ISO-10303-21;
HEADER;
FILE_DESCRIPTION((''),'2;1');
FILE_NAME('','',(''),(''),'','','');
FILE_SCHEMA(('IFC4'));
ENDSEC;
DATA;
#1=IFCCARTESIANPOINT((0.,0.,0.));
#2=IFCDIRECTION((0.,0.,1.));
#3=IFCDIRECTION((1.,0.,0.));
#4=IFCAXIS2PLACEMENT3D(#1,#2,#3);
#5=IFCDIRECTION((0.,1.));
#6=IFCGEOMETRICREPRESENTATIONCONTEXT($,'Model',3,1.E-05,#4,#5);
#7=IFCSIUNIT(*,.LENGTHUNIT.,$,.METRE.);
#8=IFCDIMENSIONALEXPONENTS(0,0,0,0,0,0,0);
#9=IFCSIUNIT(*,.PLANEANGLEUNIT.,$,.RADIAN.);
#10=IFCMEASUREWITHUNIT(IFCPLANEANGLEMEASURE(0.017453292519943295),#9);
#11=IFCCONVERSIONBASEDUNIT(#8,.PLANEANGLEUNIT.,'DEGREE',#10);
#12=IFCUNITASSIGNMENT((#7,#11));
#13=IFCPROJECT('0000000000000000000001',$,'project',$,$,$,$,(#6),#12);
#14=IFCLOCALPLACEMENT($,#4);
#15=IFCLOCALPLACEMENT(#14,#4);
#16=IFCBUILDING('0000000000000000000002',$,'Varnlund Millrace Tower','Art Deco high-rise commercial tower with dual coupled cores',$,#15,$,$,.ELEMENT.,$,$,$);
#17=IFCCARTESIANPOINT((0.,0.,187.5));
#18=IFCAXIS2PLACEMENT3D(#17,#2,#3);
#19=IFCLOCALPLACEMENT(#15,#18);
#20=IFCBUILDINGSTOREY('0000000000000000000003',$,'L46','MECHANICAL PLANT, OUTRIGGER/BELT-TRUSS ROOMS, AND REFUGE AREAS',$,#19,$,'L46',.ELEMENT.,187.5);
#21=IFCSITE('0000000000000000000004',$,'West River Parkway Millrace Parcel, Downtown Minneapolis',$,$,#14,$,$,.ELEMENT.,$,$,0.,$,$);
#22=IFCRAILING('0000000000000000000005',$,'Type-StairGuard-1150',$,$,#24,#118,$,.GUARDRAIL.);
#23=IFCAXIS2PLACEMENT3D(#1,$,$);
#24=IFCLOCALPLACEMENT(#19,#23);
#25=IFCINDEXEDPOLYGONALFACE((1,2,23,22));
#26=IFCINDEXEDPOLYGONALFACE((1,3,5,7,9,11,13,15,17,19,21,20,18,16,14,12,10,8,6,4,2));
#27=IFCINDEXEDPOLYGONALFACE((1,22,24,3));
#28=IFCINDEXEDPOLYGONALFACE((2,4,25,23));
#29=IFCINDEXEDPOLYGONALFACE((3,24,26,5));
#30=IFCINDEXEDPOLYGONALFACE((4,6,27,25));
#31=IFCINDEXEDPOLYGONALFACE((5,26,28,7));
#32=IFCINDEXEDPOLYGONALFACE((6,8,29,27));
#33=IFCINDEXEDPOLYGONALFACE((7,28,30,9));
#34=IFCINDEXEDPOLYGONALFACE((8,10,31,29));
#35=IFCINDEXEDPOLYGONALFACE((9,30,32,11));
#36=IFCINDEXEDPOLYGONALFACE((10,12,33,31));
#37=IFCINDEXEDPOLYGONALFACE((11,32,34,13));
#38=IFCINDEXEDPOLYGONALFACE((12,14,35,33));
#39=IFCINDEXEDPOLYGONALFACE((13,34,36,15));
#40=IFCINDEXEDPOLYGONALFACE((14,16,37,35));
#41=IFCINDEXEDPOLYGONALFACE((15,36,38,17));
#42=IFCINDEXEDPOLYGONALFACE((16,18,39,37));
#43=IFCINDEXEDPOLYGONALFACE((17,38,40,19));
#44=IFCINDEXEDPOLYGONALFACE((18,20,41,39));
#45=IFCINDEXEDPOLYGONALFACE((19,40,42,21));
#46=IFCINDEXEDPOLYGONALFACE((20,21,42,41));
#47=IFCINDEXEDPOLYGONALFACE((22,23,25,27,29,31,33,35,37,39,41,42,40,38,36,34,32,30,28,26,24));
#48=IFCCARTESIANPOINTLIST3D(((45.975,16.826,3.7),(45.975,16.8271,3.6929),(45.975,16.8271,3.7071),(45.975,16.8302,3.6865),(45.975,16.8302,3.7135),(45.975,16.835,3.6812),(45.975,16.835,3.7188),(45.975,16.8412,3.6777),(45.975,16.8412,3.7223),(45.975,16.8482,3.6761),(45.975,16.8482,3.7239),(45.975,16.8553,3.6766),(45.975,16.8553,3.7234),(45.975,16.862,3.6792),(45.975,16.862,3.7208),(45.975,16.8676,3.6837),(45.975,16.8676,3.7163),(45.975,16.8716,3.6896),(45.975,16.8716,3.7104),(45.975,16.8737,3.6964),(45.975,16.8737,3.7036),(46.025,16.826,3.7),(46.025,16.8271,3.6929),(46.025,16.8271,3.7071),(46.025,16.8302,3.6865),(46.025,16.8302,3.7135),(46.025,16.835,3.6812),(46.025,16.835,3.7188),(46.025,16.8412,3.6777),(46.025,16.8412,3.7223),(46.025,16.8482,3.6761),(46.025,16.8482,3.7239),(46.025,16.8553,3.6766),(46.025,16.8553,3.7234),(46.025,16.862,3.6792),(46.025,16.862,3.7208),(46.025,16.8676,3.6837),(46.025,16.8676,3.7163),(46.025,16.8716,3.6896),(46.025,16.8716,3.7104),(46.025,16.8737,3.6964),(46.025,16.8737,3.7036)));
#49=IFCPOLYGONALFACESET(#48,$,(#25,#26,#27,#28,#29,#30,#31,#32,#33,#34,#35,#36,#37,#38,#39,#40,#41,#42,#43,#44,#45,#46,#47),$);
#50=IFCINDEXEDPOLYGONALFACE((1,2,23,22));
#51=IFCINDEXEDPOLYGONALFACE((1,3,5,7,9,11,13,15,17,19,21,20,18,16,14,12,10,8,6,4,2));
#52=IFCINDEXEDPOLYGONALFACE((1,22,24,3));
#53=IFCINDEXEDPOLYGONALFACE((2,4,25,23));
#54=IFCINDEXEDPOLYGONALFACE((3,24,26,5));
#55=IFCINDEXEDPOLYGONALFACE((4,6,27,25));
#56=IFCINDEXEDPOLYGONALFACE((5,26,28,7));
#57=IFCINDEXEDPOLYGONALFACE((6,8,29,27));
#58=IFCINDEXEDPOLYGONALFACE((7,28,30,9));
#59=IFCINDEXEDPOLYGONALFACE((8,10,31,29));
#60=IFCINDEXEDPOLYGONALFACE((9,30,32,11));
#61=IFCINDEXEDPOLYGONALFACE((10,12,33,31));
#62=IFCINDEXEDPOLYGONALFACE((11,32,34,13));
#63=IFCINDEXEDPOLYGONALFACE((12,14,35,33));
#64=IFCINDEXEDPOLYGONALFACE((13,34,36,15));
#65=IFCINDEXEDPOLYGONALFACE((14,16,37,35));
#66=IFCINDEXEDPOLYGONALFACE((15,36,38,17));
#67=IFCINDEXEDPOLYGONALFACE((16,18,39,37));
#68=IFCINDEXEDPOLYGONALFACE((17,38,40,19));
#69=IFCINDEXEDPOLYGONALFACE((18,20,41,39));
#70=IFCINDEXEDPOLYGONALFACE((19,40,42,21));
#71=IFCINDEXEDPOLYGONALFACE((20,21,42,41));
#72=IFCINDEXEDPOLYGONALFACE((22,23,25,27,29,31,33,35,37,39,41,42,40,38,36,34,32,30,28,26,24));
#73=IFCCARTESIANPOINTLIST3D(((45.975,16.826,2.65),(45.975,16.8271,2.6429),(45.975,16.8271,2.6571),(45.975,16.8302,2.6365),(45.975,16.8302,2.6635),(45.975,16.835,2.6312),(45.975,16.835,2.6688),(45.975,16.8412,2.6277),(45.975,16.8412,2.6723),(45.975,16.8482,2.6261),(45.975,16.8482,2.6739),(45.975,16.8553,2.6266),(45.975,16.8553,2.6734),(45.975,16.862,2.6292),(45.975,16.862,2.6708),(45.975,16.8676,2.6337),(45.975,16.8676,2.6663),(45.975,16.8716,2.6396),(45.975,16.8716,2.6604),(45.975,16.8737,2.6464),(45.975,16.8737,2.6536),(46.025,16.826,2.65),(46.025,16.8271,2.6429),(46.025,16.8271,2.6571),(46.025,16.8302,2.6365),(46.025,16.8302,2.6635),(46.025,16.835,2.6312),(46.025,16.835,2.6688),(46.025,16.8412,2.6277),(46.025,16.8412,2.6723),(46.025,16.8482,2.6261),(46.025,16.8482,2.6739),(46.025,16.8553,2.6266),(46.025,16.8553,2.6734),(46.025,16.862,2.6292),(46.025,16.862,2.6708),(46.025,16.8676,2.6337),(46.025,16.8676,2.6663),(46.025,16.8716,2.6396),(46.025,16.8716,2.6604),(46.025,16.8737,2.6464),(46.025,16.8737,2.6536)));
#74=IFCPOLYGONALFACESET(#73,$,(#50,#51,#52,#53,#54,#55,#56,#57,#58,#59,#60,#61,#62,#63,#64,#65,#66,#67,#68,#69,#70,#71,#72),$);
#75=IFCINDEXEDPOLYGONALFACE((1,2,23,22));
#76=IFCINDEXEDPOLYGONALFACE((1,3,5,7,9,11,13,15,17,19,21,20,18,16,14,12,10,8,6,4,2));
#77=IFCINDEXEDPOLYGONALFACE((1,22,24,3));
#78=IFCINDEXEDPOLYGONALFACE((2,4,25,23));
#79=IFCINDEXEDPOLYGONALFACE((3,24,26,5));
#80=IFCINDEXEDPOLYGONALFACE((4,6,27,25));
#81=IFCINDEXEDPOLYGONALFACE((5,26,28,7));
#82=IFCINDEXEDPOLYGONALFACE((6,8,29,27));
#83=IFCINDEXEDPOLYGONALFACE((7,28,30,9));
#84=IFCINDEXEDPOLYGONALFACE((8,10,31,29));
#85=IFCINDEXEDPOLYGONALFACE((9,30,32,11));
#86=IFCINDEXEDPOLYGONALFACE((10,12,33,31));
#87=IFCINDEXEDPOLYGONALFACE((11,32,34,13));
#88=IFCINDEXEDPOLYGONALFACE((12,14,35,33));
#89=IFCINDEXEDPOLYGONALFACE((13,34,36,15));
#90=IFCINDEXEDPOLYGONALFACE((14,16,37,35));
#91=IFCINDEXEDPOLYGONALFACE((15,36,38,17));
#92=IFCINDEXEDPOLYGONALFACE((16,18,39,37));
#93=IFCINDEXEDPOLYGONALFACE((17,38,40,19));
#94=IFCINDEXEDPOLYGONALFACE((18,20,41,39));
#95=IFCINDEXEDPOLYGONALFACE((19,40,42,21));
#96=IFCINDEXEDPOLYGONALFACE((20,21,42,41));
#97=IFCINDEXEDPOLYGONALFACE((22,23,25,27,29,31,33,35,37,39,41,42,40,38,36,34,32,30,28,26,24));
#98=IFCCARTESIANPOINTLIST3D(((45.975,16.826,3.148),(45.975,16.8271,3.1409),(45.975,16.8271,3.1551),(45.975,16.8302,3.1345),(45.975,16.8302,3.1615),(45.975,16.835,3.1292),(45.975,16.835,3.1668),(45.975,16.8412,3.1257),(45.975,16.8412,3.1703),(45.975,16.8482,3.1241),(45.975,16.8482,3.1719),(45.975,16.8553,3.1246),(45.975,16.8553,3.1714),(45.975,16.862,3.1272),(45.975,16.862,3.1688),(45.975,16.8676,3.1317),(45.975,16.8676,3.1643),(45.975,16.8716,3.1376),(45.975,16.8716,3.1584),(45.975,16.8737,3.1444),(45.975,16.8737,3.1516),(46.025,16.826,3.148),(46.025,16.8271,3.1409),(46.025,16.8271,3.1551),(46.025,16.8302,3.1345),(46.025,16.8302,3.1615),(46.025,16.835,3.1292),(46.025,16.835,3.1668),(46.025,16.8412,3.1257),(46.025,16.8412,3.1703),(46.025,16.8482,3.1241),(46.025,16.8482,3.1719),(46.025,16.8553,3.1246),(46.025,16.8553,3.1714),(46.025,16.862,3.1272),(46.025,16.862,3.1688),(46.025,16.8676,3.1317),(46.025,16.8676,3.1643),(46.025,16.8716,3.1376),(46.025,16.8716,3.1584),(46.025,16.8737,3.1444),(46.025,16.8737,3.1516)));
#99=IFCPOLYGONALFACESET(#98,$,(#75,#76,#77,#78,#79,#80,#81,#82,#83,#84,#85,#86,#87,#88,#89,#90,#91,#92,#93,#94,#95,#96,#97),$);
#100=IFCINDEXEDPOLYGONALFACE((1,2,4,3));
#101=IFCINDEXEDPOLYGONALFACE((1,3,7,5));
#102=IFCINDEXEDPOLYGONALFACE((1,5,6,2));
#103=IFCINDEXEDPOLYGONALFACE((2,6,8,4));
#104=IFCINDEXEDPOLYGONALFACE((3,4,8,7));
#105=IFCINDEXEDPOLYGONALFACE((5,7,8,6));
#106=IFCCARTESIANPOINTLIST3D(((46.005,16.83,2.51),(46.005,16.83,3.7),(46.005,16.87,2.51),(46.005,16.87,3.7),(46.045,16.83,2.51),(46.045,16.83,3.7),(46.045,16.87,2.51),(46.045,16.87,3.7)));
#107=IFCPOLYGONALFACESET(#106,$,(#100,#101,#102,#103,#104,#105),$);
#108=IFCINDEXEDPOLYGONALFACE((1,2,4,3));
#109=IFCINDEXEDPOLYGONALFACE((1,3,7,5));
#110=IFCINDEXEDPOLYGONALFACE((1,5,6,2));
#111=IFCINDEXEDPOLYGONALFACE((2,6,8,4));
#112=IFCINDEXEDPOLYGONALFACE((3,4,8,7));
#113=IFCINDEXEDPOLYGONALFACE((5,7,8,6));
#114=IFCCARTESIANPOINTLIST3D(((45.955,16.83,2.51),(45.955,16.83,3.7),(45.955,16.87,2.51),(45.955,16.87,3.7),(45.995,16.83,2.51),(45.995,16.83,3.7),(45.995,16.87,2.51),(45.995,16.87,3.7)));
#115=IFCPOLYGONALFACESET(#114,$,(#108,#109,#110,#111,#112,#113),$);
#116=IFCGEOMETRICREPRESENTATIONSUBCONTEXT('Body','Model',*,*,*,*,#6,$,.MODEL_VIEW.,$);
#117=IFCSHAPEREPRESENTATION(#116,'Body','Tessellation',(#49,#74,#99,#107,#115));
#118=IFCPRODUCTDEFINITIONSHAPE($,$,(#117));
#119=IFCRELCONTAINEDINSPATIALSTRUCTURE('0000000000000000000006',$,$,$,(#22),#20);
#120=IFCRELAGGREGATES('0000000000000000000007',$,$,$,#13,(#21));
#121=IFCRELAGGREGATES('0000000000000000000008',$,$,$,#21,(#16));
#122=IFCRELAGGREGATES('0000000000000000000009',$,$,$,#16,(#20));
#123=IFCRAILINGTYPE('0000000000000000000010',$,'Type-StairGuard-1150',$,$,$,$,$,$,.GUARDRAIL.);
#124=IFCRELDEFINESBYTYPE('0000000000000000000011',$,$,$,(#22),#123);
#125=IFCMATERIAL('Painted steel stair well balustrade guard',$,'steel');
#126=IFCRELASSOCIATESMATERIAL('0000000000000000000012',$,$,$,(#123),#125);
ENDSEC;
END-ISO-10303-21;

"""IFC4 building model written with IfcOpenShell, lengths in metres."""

from ifc_helpers import new_model, entity, si_unit, converted_unit, direction, frame, origin_with_axes, origin_2d_with_axis, place, context, subcontext, project, spatial, rectangle, circle, extrude, material, type_object, element, save


model = new_model("IFC4")

# Units and contexts
model_context = context("Model", 3, precision=1e-05, world=origin_with_axes(), true_north=direction((0.0, 1.0)))
body_context = subcontext(model_context, "Body", "Model", "MODEL_VIEW")
ifc_project = project(units=[si_unit("LENGTHUNIT", "METRE"), converted_unit("PLANEANGLEUNIT", "DEGREE", entity("IfcPlaneAngleMeasure", 0.017453292519943295), si_unit("PLANEANGLEUNIT", "RADIAN"), dimensions=[0, 0, 0, 0, 0, 0, 0])], contexts=[model_context])

# Site, building, storey
site_placement = place(None, origin_with_axes())
site = spatial("IfcSite", under=ifc_project, at=site_placement, Name="West River Parkway Millrace Parcel, Downtown Minneapolis", CompositionType="ELEMENT", RefElevation=0.0)
building_placement = place(site_placement, origin_with_axes())
building = spatial("IfcBuilding", under=site, at=building_placement, Name="Varnlund Millrace Tower", Description="Art Deco high-rise commercial tower with dual coupled cores", CompositionType="ELEMENT")
storey_placement = place(building_placement, frame((0.0, 0.0, 187.5), z_axis=(0.0, 0.0, 1.0), x_axis=(1.0, 0.0, 0.0)))
storey = spatial("IfcBuildingStorey", under=building, at=storey_placement, Name="L46", Description="MECHANICAL PLANT, OUTRIGGER/BELT-TRUSS ROOMS, AND REFUGE AREAS", LongName="L46", CompositionType="ELEMENT", Elevation=187.5)

# Railing
ifc_material_1 = material(Name="Painted steel stair well balustrade guard", Category="steel")
railing_type_1 = type_object("IfcRailingType", Name="Type-StairGuard-1150", PredefinedType="GUARDRAIL", material=ifc_material_1)
railing_1_placement = place(storey_placement, frame((0.0, 0.0, -187.5), z_axis=(0.0, 0.0, 1.0), x_axis=(1.0, 0.0, 0.0)))
element("IfcRailing", 1, at=railing_1_placement, inside=storey, type_object=railing_type_1, Name="Type-StairGuard-1150", PredefinedType="GUARDRAIL", context=body_context, shape_type="SweptSolid", body=[
    extrude(circle(Radius=0.024, at=origin_2d_with_axis()), frame((46.025, 16.85, 191.2), z_axis=(-1.0, 0.0, 0.0), x_axis=(0.0, -1.0, 0.0)), (0.0, 0.0, 1.0), 0.05),
    extrude(circle(Radius=0.024, at=origin_2d_with_axis()), frame((46.025, 16.85, 190.15), z_axis=(-1.0, 0.0, 0.0), x_axis=(0.0, -1.0, 0.0)), (0.0, 0.0, 1.0), 0.05),
    extrude(circle(Radius=0.024, at=origin_2d_with_axis()), frame((46.025, 16.85, 190.648), z_axis=(-1.0, 0.0, 0.0), x_axis=(0.0, -1.0, 0.0)), (0.0, 0.0, 1.0), 0.05),
    extrude(rectangle(XDim=0.04, YDim=0.04, at=origin_2d_with_axis()), frame((46.025, 16.85, 190.01), z_axis=(0.0, 0.0, 1.0), x_axis=(1.0, 0.0, 0.0)), (0.0, 0.0, 1.0), 1.19),
    extrude(rectangle(XDim=0.04, YDim=0.04, at=origin_2d_with_axis()), frame((45.975, 16.85, 190.01), z_axis=(0.0, 0.0, 1.0), x_axis=(1.0, 0.0, 0.0)), (0.0, 0.0, 1.0), 1.19),
])

save(model, "model.ifc")
